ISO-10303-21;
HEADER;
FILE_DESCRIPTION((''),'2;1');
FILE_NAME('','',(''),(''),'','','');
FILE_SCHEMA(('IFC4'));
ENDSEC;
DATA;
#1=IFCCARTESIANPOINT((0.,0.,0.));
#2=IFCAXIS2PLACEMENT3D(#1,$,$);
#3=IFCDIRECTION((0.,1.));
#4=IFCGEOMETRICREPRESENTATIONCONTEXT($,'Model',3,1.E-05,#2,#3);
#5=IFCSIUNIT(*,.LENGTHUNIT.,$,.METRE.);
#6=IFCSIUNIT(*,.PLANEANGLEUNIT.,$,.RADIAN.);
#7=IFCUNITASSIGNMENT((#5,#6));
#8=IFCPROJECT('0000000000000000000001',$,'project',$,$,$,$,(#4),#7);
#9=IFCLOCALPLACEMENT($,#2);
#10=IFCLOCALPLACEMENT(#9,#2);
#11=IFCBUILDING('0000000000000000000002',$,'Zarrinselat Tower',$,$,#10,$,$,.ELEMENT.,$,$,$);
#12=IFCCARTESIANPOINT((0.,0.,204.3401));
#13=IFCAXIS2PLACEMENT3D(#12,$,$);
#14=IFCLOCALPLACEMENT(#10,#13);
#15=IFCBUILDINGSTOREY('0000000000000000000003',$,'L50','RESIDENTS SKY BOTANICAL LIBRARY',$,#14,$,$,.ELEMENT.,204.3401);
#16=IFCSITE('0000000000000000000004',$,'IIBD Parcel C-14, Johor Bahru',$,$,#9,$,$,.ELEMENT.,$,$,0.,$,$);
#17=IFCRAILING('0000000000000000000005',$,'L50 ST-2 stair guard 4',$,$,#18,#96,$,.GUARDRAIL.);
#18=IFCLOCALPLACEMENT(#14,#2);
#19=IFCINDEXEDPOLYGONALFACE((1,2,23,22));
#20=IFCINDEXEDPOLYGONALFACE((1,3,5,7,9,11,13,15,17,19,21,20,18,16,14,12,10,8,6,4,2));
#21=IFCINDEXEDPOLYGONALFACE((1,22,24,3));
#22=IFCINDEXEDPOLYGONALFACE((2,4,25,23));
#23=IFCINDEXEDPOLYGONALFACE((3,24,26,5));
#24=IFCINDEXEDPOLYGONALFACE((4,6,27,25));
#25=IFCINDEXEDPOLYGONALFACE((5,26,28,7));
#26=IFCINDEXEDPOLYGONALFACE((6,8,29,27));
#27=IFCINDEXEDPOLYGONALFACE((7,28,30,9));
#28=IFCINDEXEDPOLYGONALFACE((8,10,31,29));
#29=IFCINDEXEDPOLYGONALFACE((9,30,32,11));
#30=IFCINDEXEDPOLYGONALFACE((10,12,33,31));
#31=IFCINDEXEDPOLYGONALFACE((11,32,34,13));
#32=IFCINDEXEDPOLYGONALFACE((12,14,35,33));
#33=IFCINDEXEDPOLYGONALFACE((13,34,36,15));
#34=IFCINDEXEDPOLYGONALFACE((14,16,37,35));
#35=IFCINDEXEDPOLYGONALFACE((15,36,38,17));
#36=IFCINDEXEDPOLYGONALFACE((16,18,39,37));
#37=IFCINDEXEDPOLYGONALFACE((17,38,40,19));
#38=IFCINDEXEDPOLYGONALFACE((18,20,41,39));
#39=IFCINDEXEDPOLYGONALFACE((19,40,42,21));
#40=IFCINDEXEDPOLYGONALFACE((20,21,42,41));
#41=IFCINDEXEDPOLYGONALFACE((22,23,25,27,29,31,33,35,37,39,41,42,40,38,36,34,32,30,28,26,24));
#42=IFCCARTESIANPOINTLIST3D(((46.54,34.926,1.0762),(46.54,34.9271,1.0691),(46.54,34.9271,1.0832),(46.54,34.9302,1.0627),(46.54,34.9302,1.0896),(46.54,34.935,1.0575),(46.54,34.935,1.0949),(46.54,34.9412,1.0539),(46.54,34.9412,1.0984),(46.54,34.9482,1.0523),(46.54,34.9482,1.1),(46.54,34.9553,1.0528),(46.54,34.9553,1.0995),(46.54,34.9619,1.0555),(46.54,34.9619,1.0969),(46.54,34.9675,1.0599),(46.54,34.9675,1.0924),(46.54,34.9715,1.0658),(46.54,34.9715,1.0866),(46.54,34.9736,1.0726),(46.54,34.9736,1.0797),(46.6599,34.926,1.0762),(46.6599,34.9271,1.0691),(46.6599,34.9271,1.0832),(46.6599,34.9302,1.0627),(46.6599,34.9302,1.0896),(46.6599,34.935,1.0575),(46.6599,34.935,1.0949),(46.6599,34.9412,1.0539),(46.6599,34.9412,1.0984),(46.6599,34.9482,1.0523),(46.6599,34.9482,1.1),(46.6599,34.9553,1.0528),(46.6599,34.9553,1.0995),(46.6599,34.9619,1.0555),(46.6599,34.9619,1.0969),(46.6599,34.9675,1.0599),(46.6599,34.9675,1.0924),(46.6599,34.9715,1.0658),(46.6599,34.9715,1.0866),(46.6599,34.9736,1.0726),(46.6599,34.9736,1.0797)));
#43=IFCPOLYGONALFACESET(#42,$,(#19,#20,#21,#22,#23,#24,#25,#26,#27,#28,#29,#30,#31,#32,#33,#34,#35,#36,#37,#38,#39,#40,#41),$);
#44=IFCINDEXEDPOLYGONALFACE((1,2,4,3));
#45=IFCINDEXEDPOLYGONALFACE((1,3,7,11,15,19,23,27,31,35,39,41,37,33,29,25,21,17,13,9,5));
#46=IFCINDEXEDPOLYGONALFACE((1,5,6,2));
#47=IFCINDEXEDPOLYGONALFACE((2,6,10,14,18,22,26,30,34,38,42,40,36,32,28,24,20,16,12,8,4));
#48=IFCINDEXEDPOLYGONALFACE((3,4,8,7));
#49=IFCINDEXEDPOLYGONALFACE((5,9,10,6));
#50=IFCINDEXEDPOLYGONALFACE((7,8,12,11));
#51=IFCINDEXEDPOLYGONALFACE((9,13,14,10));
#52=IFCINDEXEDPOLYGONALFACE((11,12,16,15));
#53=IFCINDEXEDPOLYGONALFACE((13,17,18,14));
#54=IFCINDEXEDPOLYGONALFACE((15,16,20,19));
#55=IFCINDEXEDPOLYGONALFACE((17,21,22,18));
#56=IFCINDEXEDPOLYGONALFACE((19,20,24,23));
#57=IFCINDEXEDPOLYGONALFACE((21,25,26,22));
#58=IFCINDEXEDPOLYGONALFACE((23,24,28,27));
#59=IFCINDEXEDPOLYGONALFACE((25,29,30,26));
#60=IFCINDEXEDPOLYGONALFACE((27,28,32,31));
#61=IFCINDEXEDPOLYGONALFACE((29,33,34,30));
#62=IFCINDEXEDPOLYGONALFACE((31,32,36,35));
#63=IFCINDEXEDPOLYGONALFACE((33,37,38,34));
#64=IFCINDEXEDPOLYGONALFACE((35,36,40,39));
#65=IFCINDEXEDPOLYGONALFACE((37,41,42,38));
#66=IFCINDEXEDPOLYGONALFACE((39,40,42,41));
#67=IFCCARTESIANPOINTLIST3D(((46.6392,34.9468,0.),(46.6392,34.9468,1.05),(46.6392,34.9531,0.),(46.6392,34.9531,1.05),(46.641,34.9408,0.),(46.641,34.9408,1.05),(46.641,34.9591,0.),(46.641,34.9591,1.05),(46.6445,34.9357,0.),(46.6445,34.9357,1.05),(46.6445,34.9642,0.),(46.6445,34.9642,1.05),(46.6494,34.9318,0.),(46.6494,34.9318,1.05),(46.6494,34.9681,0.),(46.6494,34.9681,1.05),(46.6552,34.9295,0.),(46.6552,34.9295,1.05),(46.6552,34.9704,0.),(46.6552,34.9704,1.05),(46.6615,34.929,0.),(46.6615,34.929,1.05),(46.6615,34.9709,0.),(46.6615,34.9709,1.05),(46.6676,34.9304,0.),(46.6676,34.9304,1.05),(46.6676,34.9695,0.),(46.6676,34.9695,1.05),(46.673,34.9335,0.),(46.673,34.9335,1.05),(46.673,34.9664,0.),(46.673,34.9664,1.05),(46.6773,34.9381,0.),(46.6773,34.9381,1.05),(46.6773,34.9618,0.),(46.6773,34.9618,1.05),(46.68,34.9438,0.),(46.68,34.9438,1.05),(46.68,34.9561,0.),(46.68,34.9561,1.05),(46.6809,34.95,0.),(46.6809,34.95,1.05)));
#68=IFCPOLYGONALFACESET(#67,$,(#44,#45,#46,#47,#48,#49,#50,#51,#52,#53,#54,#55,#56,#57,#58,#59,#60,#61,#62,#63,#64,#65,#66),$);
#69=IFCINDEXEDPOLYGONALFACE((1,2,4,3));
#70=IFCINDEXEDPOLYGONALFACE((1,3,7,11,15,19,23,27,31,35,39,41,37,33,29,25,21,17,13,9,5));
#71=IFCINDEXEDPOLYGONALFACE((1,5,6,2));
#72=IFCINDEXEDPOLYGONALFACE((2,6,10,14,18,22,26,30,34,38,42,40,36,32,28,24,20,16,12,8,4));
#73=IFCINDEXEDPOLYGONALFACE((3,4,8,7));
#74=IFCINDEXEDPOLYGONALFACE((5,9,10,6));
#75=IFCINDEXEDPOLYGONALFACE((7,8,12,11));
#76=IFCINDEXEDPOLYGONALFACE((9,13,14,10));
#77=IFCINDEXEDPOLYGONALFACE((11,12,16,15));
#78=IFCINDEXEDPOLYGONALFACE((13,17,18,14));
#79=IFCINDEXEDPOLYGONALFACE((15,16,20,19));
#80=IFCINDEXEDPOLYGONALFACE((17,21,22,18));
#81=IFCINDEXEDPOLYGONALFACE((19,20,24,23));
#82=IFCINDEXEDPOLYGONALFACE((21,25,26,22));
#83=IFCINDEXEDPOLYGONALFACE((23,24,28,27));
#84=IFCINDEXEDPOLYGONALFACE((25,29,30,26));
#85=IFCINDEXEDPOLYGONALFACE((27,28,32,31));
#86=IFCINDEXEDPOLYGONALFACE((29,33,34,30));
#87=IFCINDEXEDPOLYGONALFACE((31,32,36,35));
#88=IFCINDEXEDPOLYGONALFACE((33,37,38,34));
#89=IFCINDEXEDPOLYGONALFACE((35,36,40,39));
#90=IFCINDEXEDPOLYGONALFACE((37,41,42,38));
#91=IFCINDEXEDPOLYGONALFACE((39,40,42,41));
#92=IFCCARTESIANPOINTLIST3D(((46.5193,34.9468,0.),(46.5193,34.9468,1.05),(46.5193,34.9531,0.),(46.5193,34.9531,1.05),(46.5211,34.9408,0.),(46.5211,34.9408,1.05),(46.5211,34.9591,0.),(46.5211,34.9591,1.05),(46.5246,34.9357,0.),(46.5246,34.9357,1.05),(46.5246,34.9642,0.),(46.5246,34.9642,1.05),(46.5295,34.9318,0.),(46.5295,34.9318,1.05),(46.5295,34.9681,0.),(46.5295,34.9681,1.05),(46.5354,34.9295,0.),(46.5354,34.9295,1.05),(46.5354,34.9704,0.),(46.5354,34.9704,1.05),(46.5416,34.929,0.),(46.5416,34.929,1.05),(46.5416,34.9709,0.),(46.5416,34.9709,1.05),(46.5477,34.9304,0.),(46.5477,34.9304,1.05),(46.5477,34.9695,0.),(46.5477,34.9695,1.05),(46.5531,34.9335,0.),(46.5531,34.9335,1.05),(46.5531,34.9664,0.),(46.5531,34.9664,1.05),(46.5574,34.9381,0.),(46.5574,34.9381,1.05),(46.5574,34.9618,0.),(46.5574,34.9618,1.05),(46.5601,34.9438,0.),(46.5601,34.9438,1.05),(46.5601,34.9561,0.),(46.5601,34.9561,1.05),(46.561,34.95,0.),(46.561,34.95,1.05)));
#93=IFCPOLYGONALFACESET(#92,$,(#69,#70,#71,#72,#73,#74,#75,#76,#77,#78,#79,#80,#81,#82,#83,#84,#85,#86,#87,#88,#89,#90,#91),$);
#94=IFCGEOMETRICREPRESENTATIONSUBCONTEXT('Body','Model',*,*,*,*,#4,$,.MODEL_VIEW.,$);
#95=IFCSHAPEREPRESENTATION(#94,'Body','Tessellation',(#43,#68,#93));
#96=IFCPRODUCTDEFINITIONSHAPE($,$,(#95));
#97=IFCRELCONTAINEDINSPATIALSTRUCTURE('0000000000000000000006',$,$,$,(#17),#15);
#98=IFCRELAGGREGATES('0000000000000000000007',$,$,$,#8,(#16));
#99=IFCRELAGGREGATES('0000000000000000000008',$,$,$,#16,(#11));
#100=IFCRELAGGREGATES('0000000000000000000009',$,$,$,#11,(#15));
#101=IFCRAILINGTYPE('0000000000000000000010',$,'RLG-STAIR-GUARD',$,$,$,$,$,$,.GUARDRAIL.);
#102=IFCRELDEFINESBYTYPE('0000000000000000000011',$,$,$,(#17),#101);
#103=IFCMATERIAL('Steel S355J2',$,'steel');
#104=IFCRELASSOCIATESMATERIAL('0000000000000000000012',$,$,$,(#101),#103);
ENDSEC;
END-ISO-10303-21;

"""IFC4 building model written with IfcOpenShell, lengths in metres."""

from ifc_helpers import new_model, si_unit, direction, frame, origin, origin_2d, place, context, subcontext, project, spatial, circle, extrude, material, type_object, element, save


model = new_model("IFC4")

# Units and contexts
model_context = context("Model", 3, precision=1e-05, world=origin(), true_north=direction((0.0, 1.0)))
body_context = subcontext(model_context, "Body", "Model", "MODEL_VIEW")
ifc_project = project(units=[si_unit("LENGTHUNIT", "METRE"), si_unit("PLANEANGLEUNIT", "RADIAN")], contexts=[model_context])

# Site, building, storey
site_placement = place(None, origin())
site = spatial("IfcSite", under=ifc_project, at=site_placement, Name="IIBD Parcel C-14, Johor Bahru", CompositionType="ELEMENT", RefElevation=0.0)
building_placement = place(site_placement, origin())
building = spatial("IfcBuilding", under=site, at=building_placement, Name="Zarrinselat Tower", CompositionType="ELEMENT")
storey_placement = place(building_placement, frame((0.0, 0.0, 204.3401)))
storey = spatial("IfcBuildingStorey", under=building, at=storey_placement, Name="L50", Description="RESIDENTS SKY BOTANICAL LIBRARY", CompositionType="ELEMENT", Elevation=204.3401)

# Railing
ifc_material_1 = material(Name="Steel S355J2", Category="steel")
railing_type_1 = type_object("IfcRailingType", Name="RLG-STAIR-GUARD", PredefinedType="GUARDRAIL", material=ifc_material_1)
railing_1_placement = place(storey_placement, frame((46.6599, 34.95, 0.0)))
element("IfcRailing", 1, at=railing_1_placement, inside=storey, type_object=railing_type_1, Name="L50 ST-2 stair guard 4", PredefinedType="GUARDRAIL", context=body_context, shape_type="SweptSolid", body=[
    extrude(circle(Radius=0.0239, at=origin_2d()), frame((0.0, 0.0, 1.0762), z_axis=(-1.0, 0.0, 0.0), x_axis=(0.0, -1.0, 0.0)), (0.0, 0.0, 1.0), 0.1199),
    extrude(circle(Radius=0.021, at=origin_2d()), origin(), (0.0, 0.0, 1.0), 1.05),
    extrude(circle(Radius=0.021, at=origin_2d()), frame((-0.1199, 0.0, 0.0)), (0.0, 0.0, 1.0), 1.05),
])

save(model, "model.ifc")
